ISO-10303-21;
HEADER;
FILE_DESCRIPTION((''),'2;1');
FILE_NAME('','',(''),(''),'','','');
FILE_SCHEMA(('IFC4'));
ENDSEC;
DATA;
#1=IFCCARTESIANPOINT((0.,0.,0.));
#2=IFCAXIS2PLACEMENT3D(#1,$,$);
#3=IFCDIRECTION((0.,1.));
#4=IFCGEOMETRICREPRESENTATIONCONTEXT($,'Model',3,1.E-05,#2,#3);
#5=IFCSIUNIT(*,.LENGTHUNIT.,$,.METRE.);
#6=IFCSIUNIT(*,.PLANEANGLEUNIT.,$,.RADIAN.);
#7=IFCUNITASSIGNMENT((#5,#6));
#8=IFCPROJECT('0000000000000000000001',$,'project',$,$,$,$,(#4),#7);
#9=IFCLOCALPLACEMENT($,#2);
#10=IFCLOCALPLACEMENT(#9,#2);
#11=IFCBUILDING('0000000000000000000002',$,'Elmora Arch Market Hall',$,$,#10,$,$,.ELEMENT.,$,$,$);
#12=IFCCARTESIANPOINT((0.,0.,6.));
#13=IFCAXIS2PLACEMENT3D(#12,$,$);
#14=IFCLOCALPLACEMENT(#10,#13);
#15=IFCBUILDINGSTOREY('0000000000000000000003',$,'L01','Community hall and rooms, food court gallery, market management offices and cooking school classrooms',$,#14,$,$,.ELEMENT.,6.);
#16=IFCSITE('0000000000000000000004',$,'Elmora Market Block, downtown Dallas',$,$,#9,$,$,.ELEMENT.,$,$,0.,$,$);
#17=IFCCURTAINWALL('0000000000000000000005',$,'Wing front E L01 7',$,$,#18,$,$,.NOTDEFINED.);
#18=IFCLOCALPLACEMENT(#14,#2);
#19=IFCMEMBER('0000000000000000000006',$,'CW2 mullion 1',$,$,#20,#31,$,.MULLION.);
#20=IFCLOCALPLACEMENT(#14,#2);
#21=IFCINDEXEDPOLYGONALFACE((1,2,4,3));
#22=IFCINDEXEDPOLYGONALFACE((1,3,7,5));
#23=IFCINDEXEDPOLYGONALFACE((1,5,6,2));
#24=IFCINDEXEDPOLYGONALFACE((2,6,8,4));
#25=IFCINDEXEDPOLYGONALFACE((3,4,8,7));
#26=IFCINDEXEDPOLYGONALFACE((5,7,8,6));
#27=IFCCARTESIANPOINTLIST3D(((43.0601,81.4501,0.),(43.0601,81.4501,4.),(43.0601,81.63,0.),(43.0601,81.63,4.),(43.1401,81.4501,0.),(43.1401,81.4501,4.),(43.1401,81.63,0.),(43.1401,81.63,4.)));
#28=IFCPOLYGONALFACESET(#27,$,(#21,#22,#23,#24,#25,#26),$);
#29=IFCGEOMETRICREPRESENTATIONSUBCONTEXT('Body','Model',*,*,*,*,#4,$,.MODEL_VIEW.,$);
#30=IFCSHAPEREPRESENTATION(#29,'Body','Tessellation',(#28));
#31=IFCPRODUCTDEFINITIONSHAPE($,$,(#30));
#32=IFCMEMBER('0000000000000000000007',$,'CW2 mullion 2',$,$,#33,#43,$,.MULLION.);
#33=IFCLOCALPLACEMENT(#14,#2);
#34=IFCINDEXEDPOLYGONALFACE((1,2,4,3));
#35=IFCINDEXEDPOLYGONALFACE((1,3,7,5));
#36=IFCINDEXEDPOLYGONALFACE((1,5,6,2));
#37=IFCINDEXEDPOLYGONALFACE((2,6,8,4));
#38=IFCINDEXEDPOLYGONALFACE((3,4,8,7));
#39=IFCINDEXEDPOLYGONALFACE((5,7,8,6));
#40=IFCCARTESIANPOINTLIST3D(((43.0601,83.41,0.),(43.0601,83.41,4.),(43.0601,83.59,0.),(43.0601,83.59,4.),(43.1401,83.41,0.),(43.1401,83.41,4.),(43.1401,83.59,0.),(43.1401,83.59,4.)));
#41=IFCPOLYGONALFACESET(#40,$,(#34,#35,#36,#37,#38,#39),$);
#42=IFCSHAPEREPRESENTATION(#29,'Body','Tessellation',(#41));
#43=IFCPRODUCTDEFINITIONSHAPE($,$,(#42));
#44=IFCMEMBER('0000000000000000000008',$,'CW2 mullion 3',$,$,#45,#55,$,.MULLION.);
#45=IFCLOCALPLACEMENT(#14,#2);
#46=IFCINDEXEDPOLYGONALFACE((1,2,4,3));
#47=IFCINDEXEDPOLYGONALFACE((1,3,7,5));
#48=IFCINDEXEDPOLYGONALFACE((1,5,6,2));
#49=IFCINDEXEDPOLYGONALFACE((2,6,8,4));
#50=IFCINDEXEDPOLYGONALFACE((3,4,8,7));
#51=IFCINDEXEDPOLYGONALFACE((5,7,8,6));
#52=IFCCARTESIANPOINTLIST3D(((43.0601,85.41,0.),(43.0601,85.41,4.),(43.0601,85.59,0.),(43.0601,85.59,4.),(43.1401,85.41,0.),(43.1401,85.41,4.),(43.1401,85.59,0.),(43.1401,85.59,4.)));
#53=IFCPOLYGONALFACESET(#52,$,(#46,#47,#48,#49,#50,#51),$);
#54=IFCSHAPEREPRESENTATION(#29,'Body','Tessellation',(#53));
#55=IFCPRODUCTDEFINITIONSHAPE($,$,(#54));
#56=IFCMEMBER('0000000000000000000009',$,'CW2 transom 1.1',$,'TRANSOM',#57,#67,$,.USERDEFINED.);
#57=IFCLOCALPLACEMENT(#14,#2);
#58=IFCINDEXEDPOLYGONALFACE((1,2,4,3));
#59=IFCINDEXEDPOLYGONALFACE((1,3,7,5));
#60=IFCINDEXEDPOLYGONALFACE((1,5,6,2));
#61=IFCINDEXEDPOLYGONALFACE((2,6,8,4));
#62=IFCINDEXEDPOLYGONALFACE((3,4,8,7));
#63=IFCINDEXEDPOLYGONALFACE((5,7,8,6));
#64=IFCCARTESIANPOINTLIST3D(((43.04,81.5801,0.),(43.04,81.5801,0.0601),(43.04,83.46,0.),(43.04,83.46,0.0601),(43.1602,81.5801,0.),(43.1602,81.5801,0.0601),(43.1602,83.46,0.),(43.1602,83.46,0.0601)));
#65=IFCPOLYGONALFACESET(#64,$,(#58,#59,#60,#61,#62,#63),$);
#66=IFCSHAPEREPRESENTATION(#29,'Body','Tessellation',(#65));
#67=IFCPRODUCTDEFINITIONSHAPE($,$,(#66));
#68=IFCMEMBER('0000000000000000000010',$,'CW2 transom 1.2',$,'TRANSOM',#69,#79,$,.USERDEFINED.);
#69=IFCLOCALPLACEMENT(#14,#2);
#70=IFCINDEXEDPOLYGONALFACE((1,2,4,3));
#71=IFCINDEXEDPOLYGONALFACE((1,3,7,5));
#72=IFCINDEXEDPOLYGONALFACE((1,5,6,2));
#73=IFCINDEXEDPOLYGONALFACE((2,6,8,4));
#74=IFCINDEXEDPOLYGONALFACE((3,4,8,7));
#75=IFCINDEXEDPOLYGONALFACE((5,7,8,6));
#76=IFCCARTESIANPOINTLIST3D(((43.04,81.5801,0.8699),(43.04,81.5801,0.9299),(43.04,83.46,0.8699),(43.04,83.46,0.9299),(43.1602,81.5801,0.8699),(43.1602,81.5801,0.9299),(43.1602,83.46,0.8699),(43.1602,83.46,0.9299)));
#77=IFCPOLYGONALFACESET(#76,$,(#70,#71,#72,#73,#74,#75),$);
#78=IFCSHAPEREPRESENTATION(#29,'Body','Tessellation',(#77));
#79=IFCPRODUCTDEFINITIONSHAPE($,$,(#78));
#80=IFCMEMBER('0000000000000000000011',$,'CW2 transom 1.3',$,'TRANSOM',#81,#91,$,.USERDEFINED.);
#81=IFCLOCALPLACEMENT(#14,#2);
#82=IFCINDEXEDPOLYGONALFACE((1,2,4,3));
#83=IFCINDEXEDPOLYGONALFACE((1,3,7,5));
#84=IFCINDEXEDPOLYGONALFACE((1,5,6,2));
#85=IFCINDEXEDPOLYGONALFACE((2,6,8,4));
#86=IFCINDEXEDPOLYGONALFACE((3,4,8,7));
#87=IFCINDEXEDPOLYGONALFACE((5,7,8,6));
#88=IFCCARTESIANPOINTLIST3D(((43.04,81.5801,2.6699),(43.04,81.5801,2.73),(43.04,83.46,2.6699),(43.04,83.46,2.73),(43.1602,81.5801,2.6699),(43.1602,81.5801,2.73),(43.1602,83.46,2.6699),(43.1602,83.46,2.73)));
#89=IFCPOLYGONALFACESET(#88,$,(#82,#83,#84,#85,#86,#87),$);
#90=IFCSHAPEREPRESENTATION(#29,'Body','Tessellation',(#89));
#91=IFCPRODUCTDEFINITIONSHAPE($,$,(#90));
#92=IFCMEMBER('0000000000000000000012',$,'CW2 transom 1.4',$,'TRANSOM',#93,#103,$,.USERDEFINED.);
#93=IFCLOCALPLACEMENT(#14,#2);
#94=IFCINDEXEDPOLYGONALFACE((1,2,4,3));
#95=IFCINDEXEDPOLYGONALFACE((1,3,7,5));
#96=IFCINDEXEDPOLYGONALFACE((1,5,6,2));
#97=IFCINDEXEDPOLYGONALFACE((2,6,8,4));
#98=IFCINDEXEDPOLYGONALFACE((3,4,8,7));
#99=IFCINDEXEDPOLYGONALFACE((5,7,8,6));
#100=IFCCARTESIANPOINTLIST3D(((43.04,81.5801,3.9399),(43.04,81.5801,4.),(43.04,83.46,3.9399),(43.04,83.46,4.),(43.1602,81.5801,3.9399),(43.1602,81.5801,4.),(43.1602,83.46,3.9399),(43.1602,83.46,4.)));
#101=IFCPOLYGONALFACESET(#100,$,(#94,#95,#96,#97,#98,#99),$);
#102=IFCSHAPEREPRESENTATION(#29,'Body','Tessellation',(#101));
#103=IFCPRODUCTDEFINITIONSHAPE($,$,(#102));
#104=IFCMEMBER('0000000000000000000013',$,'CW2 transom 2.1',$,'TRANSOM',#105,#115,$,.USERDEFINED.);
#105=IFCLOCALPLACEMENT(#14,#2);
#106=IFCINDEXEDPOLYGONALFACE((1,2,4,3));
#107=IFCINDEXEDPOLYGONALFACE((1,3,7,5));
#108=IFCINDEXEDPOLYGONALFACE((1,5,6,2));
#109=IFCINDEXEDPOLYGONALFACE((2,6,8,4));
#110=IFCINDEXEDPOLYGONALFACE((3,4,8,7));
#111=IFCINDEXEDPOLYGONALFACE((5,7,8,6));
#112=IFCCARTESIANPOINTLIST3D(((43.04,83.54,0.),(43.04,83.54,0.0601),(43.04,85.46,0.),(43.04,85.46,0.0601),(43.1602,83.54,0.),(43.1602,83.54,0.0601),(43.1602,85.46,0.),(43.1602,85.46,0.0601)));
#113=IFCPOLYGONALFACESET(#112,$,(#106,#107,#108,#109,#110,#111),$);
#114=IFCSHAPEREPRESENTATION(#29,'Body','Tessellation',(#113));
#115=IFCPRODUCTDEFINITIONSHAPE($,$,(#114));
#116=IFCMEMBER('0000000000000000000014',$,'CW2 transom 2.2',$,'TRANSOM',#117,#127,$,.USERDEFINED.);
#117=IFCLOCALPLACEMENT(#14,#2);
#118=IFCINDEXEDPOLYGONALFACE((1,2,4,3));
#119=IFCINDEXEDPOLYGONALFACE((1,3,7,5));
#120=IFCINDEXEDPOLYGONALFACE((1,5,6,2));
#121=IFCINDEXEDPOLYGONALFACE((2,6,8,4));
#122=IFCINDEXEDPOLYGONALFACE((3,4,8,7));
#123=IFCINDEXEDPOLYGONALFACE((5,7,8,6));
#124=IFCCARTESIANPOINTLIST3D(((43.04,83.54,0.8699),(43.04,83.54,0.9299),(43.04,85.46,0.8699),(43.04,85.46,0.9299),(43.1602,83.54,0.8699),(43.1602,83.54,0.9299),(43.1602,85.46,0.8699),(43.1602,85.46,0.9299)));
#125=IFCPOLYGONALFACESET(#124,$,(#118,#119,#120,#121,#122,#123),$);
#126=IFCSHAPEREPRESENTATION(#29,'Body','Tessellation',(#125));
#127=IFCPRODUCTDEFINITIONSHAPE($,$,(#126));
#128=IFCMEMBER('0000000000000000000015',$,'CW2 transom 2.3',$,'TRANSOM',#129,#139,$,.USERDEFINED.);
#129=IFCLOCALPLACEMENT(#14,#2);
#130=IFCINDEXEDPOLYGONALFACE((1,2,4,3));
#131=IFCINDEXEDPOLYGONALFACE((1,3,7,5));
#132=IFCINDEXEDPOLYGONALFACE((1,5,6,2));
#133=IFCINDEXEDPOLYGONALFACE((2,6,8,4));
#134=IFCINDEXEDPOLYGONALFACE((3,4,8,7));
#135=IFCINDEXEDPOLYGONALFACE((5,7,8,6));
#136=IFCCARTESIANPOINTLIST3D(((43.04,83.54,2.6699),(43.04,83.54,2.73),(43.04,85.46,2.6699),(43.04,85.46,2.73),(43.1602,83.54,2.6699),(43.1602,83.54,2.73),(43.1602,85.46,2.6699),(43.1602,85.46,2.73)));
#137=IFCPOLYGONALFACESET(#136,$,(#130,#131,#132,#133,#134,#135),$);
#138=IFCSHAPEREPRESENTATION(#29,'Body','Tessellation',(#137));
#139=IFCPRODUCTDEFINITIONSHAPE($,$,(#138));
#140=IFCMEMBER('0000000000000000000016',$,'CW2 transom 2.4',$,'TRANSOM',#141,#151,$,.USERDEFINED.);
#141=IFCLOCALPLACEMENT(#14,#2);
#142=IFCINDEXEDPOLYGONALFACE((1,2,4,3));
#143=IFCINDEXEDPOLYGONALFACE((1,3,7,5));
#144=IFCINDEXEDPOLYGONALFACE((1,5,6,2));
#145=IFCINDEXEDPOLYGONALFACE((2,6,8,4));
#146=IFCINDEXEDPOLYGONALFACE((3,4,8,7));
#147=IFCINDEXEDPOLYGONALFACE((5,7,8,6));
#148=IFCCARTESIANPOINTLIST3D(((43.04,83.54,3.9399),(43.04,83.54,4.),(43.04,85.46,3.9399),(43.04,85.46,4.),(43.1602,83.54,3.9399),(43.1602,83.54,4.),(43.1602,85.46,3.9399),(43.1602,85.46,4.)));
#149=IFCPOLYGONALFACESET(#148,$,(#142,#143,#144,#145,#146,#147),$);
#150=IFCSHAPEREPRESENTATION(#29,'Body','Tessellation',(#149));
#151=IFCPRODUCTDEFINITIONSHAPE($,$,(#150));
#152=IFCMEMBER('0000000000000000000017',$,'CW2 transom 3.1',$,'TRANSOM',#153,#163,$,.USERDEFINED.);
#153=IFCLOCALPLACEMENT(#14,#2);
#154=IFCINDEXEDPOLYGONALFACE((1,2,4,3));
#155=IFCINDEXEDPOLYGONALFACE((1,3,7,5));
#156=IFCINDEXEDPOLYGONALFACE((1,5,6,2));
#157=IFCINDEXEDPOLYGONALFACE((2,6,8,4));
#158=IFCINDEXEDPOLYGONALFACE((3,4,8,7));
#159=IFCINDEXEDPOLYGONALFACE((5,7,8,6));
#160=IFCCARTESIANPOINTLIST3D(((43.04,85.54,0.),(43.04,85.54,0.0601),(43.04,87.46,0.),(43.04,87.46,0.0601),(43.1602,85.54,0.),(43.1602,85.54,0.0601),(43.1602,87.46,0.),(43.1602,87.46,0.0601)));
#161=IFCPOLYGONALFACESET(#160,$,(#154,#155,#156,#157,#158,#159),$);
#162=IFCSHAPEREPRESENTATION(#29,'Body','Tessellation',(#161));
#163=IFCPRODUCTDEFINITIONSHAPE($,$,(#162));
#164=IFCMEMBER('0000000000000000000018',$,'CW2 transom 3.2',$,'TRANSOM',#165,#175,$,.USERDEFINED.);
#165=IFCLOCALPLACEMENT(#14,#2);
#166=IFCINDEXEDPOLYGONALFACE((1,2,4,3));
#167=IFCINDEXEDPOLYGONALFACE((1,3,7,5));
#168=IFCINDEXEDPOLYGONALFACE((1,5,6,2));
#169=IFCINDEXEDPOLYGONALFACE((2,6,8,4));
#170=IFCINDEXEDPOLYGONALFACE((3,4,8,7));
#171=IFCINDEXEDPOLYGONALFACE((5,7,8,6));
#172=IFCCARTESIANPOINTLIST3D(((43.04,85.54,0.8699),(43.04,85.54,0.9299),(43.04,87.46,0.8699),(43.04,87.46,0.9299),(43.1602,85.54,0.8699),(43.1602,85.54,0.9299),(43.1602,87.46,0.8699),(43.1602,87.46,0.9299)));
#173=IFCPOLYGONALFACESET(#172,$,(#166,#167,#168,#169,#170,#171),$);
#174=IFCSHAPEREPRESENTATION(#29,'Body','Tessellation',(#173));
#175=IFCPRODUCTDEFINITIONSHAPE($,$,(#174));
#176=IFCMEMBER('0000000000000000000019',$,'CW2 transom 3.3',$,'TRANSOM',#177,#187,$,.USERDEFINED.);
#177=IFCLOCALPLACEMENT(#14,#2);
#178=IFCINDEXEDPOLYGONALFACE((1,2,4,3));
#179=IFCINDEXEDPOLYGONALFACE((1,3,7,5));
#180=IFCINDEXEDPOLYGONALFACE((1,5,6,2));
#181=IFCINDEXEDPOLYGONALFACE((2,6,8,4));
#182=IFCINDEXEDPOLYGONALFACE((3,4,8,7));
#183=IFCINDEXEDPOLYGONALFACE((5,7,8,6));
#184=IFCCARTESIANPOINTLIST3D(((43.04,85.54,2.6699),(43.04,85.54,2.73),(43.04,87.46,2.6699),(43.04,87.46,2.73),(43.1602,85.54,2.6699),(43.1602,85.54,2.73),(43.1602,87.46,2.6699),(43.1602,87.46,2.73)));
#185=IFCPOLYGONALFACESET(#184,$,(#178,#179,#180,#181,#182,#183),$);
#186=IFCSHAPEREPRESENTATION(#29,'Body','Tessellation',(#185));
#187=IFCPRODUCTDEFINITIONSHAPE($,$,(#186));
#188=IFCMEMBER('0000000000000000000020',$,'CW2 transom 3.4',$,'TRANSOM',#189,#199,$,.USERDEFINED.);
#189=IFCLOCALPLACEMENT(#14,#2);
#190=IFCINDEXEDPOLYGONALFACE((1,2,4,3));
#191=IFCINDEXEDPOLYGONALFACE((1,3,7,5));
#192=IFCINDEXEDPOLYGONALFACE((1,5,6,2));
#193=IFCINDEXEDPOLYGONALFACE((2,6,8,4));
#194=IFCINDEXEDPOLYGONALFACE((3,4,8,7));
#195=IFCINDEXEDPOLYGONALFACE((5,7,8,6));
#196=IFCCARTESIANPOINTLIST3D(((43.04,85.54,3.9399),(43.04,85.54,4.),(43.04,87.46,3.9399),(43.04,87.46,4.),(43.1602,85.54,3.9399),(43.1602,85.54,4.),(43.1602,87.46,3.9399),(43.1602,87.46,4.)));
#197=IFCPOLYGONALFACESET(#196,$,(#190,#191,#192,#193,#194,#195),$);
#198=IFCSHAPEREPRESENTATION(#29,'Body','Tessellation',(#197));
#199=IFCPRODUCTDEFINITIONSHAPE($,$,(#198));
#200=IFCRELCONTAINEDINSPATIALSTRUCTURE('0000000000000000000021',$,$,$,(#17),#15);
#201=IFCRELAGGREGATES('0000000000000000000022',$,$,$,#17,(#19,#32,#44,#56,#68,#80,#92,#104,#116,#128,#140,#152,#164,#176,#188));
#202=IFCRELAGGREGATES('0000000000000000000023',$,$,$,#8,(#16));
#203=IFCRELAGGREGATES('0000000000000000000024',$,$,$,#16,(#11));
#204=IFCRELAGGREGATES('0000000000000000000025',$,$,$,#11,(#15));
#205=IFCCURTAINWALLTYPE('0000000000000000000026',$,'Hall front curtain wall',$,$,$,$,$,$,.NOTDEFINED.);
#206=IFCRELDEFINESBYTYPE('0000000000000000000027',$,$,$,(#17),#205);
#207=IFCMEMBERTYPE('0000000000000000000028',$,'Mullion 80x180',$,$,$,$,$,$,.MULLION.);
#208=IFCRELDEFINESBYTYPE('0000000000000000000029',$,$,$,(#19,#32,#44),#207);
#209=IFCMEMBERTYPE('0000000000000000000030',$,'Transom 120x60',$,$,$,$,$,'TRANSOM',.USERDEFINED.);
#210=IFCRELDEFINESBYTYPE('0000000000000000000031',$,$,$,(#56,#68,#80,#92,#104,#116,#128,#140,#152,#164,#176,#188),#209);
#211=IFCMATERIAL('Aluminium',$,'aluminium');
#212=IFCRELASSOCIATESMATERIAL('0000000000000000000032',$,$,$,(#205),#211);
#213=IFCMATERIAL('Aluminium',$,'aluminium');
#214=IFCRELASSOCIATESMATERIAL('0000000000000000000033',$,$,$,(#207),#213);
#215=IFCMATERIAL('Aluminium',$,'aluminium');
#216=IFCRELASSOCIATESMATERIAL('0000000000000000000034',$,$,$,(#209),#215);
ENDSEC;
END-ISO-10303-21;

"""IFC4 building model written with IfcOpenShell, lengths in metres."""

from ifc_helpers import new_model, si_unit, direction, frame, origin, origin_2d, place, context, subcontext, project, spatial, rectangle, extrude, material, material_profile, profile_set, type_object, element, aggregate, save


model = new_model("IFC4")

# Units and contexts
model_context = context("Model", 3, precision=1e-05, world=origin(), true_north=direction((0.0, 1.0)))
body_context = subcontext(model_context, "Body", "Model", "MODEL_VIEW")
ifc_project = project(units=[si_unit("LENGTHUNIT", "METRE"), si_unit("PLANEANGLEUNIT", "RADIAN")], contexts=[model_context])

# Site, building, storey
site_placement = place(None, origin())
site = spatial("IfcSite", under=ifc_project, at=site_placement, Name="Elmora Market Block, downtown Dallas", CompositionType="ELEMENT", RefElevation=0.0)
building_placement = place(site_placement, origin())
building = spatial("IfcBuilding", under=site, at=building_placement, Name="Elmora Arch Market Hall", CompositionType="ELEMENT")
storey_placement = place(building_placement, frame((0.0, 0.0, 6.0)))
storey = spatial("IfcBuildingStorey", under=building, at=storey_placement, Name="L01", Description="Community hall and rooms, food court gallery, market management offices and cooking school classrooms", CompositionType="ELEMENT", Elevation=6.0)

# Curtain wall, members
ifc_material_1 = material(Name="Aluminium", Category="aluminium")
curtain_wall_type = type_object("IfcCurtainWallType", Name="Hall front curtain wall", PredefinedType="NOTDEFINED", material=ifc_material_1)
curtain_wall_placement = place(storey_placement, origin())
curtain_wall = element("IfcCurtainWall", 1, at=curtain_wall_placement, inside=storey, type_object=curtain_wall_type, Name="Wing front E L01 7", PredefinedType="NOTDEFINED")
ifc_material_2 = material(Name="Aluminium", Category="aluminium")
ifc_material_profile_1 = material_profile(ifc_material_2, rectangle(XDim=0.0801, YDim=0.1799, at=origin_2d()), Name="AL 80x180")
ifc_profile_set_1 = profile_set([ifc_material_profile_1], Name="Aluminium")
member_type_1 = type_object("IfcMemberType", Name="Mullion 80x180", PredefinedType="MULLION", material=ifc_profile_set_1)
member_1_placement = place(storey_placement, frame((43.1001, 81.54, 0.0), z_axis=(0.0, 0.0, 1.0), x_axis=(-1.0, 0.0, 0.0)))
member_1 = element("IfcMember", 2, at=member_1_placement, type_object=member_type_1, Name="CW2 mullion 1", PredefinedType="MULLION", context=body_context, shape_type="SweptSolid", body=[
    extrude(rectangle(XDim=0.0801, YDim=0.1799, at=origin_2d()), origin(), (0.0, 0.0, 1.0), 4.0),
])
member_2_placement = place(storey_placement, frame((43.1001, 83.5, 0.0), z_axis=(0.0, 0.0, 1.0), x_axis=(-1.0, 0.0, 0.0)))
member_2 = element("IfcMember", 3, at=member_2_placement, type_object=member_type_1, Name="CW2 mullion 2", PredefinedType="MULLION", context=body_context, shape_type="SweptSolid", body=[
    extrude(rectangle(XDim=0.0801, YDim=0.1799, at=origin_2d()), origin(), (0.0, 0.0, 1.0), 4.0),
])
member_3_placement = place(storey_placement, frame((43.1001, 85.5, 0.0), z_axis=(0.0, 0.0, 1.0), x_axis=(-1.0, 0.0, 0.0)))
member_3 = element("IfcMember", 4, at=member_3_placement, type_object=member_type_1, Name="CW2 mullion 3", PredefinedType="MULLION", context=body_context, shape_type="SweptSolid", body=[
    extrude(rectangle(XDim=0.0801, YDim=0.1799, at=origin_2d()), origin(), (0.0, 0.0, 1.0), 4.0),
])
ifc_material_3 = material(Name="Aluminium", Category="aluminium")
ifc_material_profile_2 = material_profile(ifc_material_3, rectangle(XDim=0.1201, YDim=0.0601, at=origin_2d()), Name="AL 120x60")
ifc_profile_set_2 = profile_set([ifc_material_profile_2], Name="Aluminium")
member_type_2 = type_object("IfcMemberType", Name="Transom 120x60", ElementType="TRANSOM", PredefinedType="USERDEFINED", material=ifc_profile_set_2)
member_4_placement = place(storey_placement, frame((43.1001, 81.5801, 0.03), z_axis=(0.0, 1.0, 0.0), x_axis=(-1.0, 0.0, 0.0)))
member_4 = element("IfcMember", 5, at=member_4_placement, type_object=member_type_2, Name="CW2 transom 1.1", ObjectType="TRANSOM", PredefinedType="USERDEFINED", context=body_context, shape_type="SweptSolid", body=[
    extrude(rectangle(XDim=0.1201, YDim=0.0601, at=origin_2d()), origin(), (0.0, 0.0, 1.0), 1.8799),
])
member_5_placement = place(storey_placement, frame((43.1001, 81.5801, 0.8999), z_axis=(0.0, 1.0, 0.0), x_axis=(-1.0, 0.0, 0.0)))
member_5 = element("IfcMember", 6, at=member_5_placement, type_object=member_type_2, Name="CW2 transom 1.2", ObjectType="TRANSOM", PredefinedType="USERDEFINED", context=body_context, shape_type="SweptSolid", body=[
    extrude(rectangle(XDim=0.1201, YDim=0.0601, at=origin_2d()), origin(), (0.0, 0.0, 1.0), 1.8799),
])
member_6_placement = place(storey_placement, frame((43.1001, 81.5801, 2.7), z_axis=(0.0, 1.0, 0.0), x_axis=(-1.0, 0.0, 0.0)))
member_6 = element("IfcMember", 7, at=member_6_placement, type_object=member_type_2, Name="CW2 transom 1.3", ObjectType="TRANSOM", PredefinedType="USERDEFINED", context=body_context, shape_type="SweptSolid", body=[
    extrude(rectangle(XDim=0.1201, YDim=0.0601, at=origin_2d()), origin(), (0.0, 0.0, 1.0), 1.8799),
])
member_7_placement = place(storey_placement, frame((43.1001, 81.5801, 3.97), z_axis=(0.0, 1.0, 0.0), x_axis=(-1.0, 0.0, 0.0)))
member_7 = element("IfcMember", 8, at=member_7_placement, type_object=member_type_2, Name="CW2 transom 1.4", ObjectType="TRANSOM", PredefinedType="USERDEFINED", context=body_context, shape_type="SweptSolid", body=[
    extrude(rectangle(XDim=0.1201, YDim=0.0601, at=origin_2d()), origin(), (0.0, 0.0, 1.0), 1.8799),
])
member_8_placement = place(storey_placement, frame((43.1001, 83.54, 0.03), z_axis=(0.0, 1.0, 0.0), x_axis=(-1.0, 0.0, 0.0)))
member_8 = element("IfcMember", 9, at=member_8_placement, type_object=member_type_2, Name="CW2 transom 2.1", ObjectType="TRANSOM", PredefinedType="USERDEFINED", context=body_context, shape_type="SweptSolid", body=[
    extrude(rectangle(XDim=0.1201, YDim=0.0601, at=origin_2d()), origin(), (0.0, 0.0, 1.0), 1.9199),
])
member_9_placement = place(storey_placement, frame((43.1001, 83.54, 0.8999), z_axis=(0.0, 1.0, 0.0), x_axis=(-1.0, 0.0, 0.0)))
member_9 = element("IfcMember", 10, at=member_9_placement, type_object=member_type_2, Name="CW2 transom 2.2", ObjectType="TRANSOM", PredefinedType="USERDEFINED", context=body_context, shape_type="SweptSolid", body=[
    extrude(rectangle(XDim=0.1201, YDim=0.0601, at=origin_2d()), origin(), (0.0, 0.0, 1.0), 1.9199),
])
member_10_placement = place(storey_placement, frame((43.1001, 83.54, 2.7), z_axis=(0.0, 1.0, 0.0), x_axis=(-1.0, 0.0, 0.0)))
member_10 = element("IfcMember", 11, at=member_10_placement, type_object=member_type_2, Name="CW2 transom 2.3", ObjectType="TRANSOM", PredefinedType="USERDEFINED", context=body_context, shape_type="SweptSolid", body=[
    extrude(rectangle(XDim=0.1201, YDim=0.0601, at=origin_2d()), origin(), (0.0, 0.0, 1.0), 1.9199),
])
member_11_placement = place(storey_placement, frame((43.1001, 83.54, 3.97), z_axis=(0.0, 1.0, 0.0), x_axis=(-1.0, 0.0, 0.0)))
member_11 = element("IfcMember", 12, at=member_11_placement, type_object=member_type_2, Name="CW2 transom 2.4", ObjectType="TRANSOM", PredefinedType="USERDEFINED", context=body_context, shape_type="SweptSolid", body=[
    extrude(rectangle(XDim=0.1201, YDim=0.0601, at=origin_2d()), origin(), (0.0, 0.0, 1.0), 1.9199),
])
member_12_placement = place(storey_placement, frame((43.1001, 85.54, 0.03), z_axis=(0.0, 1.0, 0.0), x_axis=(-1.0, 0.0, 0.0)))
member_12 = element("IfcMember", 13, at=member_12_placement, type_object=member_type_2, Name="CW2 transom 3.1", ObjectType="TRANSOM", PredefinedType="USERDEFINED", context=body_context, shape_type="SweptSolid", body=[
    extrude(rectangle(XDim=0.1201, YDim=0.0601, at=origin_2d()), origin(), (0.0, 0.0, 1.0), 1.9199),
])
member_13_placement = place(storey_placement, frame((43.1001, 85.54, 0.8999), z_axis=(0.0, 1.0, 0.0), x_axis=(-1.0, 0.0, 0.0)))
member_13 = element("IfcMember", 14, at=member_13_placement, type_object=member_type_2, Name="CW2 transom 3.2", ObjectType="TRANSOM", PredefinedType="USERDEFINED", context=body_context, shape_type="SweptSolid", body=[
    extrude(rectangle(XDim=0.1201, YDim=0.0601, at=origin_2d()), origin(), (0.0, 0.0, 1.0), 1.9199),
])
member_14_placement = place(storey_placement, frame((43.1001, 85.54, 2.7), z_axis=(0.0, 1.0, 0.0), x_axis=(-1.0, 0.0, 0.0)))
member_14 = element("IfcMember", 15, at=member_14_placement, type_object=member_type_2, Name="CW2 transom 3.3", ObjectType="TRANSOM", PredefinedType="USERDEFINED", context=body_context, shape_type="SweptSolid", body=[
    extrude(rectangle(XDim=0.1201, YDim=0.0601, at=origin_2d()), origin(), (0.0, 0.0, 1.0), 1.9199),
])
member_15_placement = place(storey_placement, frame((43.1001, 85.54, 3.97), z_axis=(0.0, 1.0, 0.0), x_axis=(-1.0, 0.0, 0.0)))
member_15 = element("IfcMember", 16, at=member_15_placement, type_object=member_type_2, Name="CW2 transom 3.4", ObjectType="TRANSOM", PredefinedType="USERDEFINED", context=body_context, shape_type="SweptSolid", body=[
    extrude(rectangle(XDim=0.1201, YDim=0.0601, at=origin_2d()), origin(), (0.0, 0.0, 1.0), 1.9199),
])

aggregate(curtain_wall, [member_1, member_2, member_3, member_4, member_5, member_6, member_7, member_8, member_9, member_10, member_11, member_12, member_13, member_14, member_15])

save(model, "model.ifc")
